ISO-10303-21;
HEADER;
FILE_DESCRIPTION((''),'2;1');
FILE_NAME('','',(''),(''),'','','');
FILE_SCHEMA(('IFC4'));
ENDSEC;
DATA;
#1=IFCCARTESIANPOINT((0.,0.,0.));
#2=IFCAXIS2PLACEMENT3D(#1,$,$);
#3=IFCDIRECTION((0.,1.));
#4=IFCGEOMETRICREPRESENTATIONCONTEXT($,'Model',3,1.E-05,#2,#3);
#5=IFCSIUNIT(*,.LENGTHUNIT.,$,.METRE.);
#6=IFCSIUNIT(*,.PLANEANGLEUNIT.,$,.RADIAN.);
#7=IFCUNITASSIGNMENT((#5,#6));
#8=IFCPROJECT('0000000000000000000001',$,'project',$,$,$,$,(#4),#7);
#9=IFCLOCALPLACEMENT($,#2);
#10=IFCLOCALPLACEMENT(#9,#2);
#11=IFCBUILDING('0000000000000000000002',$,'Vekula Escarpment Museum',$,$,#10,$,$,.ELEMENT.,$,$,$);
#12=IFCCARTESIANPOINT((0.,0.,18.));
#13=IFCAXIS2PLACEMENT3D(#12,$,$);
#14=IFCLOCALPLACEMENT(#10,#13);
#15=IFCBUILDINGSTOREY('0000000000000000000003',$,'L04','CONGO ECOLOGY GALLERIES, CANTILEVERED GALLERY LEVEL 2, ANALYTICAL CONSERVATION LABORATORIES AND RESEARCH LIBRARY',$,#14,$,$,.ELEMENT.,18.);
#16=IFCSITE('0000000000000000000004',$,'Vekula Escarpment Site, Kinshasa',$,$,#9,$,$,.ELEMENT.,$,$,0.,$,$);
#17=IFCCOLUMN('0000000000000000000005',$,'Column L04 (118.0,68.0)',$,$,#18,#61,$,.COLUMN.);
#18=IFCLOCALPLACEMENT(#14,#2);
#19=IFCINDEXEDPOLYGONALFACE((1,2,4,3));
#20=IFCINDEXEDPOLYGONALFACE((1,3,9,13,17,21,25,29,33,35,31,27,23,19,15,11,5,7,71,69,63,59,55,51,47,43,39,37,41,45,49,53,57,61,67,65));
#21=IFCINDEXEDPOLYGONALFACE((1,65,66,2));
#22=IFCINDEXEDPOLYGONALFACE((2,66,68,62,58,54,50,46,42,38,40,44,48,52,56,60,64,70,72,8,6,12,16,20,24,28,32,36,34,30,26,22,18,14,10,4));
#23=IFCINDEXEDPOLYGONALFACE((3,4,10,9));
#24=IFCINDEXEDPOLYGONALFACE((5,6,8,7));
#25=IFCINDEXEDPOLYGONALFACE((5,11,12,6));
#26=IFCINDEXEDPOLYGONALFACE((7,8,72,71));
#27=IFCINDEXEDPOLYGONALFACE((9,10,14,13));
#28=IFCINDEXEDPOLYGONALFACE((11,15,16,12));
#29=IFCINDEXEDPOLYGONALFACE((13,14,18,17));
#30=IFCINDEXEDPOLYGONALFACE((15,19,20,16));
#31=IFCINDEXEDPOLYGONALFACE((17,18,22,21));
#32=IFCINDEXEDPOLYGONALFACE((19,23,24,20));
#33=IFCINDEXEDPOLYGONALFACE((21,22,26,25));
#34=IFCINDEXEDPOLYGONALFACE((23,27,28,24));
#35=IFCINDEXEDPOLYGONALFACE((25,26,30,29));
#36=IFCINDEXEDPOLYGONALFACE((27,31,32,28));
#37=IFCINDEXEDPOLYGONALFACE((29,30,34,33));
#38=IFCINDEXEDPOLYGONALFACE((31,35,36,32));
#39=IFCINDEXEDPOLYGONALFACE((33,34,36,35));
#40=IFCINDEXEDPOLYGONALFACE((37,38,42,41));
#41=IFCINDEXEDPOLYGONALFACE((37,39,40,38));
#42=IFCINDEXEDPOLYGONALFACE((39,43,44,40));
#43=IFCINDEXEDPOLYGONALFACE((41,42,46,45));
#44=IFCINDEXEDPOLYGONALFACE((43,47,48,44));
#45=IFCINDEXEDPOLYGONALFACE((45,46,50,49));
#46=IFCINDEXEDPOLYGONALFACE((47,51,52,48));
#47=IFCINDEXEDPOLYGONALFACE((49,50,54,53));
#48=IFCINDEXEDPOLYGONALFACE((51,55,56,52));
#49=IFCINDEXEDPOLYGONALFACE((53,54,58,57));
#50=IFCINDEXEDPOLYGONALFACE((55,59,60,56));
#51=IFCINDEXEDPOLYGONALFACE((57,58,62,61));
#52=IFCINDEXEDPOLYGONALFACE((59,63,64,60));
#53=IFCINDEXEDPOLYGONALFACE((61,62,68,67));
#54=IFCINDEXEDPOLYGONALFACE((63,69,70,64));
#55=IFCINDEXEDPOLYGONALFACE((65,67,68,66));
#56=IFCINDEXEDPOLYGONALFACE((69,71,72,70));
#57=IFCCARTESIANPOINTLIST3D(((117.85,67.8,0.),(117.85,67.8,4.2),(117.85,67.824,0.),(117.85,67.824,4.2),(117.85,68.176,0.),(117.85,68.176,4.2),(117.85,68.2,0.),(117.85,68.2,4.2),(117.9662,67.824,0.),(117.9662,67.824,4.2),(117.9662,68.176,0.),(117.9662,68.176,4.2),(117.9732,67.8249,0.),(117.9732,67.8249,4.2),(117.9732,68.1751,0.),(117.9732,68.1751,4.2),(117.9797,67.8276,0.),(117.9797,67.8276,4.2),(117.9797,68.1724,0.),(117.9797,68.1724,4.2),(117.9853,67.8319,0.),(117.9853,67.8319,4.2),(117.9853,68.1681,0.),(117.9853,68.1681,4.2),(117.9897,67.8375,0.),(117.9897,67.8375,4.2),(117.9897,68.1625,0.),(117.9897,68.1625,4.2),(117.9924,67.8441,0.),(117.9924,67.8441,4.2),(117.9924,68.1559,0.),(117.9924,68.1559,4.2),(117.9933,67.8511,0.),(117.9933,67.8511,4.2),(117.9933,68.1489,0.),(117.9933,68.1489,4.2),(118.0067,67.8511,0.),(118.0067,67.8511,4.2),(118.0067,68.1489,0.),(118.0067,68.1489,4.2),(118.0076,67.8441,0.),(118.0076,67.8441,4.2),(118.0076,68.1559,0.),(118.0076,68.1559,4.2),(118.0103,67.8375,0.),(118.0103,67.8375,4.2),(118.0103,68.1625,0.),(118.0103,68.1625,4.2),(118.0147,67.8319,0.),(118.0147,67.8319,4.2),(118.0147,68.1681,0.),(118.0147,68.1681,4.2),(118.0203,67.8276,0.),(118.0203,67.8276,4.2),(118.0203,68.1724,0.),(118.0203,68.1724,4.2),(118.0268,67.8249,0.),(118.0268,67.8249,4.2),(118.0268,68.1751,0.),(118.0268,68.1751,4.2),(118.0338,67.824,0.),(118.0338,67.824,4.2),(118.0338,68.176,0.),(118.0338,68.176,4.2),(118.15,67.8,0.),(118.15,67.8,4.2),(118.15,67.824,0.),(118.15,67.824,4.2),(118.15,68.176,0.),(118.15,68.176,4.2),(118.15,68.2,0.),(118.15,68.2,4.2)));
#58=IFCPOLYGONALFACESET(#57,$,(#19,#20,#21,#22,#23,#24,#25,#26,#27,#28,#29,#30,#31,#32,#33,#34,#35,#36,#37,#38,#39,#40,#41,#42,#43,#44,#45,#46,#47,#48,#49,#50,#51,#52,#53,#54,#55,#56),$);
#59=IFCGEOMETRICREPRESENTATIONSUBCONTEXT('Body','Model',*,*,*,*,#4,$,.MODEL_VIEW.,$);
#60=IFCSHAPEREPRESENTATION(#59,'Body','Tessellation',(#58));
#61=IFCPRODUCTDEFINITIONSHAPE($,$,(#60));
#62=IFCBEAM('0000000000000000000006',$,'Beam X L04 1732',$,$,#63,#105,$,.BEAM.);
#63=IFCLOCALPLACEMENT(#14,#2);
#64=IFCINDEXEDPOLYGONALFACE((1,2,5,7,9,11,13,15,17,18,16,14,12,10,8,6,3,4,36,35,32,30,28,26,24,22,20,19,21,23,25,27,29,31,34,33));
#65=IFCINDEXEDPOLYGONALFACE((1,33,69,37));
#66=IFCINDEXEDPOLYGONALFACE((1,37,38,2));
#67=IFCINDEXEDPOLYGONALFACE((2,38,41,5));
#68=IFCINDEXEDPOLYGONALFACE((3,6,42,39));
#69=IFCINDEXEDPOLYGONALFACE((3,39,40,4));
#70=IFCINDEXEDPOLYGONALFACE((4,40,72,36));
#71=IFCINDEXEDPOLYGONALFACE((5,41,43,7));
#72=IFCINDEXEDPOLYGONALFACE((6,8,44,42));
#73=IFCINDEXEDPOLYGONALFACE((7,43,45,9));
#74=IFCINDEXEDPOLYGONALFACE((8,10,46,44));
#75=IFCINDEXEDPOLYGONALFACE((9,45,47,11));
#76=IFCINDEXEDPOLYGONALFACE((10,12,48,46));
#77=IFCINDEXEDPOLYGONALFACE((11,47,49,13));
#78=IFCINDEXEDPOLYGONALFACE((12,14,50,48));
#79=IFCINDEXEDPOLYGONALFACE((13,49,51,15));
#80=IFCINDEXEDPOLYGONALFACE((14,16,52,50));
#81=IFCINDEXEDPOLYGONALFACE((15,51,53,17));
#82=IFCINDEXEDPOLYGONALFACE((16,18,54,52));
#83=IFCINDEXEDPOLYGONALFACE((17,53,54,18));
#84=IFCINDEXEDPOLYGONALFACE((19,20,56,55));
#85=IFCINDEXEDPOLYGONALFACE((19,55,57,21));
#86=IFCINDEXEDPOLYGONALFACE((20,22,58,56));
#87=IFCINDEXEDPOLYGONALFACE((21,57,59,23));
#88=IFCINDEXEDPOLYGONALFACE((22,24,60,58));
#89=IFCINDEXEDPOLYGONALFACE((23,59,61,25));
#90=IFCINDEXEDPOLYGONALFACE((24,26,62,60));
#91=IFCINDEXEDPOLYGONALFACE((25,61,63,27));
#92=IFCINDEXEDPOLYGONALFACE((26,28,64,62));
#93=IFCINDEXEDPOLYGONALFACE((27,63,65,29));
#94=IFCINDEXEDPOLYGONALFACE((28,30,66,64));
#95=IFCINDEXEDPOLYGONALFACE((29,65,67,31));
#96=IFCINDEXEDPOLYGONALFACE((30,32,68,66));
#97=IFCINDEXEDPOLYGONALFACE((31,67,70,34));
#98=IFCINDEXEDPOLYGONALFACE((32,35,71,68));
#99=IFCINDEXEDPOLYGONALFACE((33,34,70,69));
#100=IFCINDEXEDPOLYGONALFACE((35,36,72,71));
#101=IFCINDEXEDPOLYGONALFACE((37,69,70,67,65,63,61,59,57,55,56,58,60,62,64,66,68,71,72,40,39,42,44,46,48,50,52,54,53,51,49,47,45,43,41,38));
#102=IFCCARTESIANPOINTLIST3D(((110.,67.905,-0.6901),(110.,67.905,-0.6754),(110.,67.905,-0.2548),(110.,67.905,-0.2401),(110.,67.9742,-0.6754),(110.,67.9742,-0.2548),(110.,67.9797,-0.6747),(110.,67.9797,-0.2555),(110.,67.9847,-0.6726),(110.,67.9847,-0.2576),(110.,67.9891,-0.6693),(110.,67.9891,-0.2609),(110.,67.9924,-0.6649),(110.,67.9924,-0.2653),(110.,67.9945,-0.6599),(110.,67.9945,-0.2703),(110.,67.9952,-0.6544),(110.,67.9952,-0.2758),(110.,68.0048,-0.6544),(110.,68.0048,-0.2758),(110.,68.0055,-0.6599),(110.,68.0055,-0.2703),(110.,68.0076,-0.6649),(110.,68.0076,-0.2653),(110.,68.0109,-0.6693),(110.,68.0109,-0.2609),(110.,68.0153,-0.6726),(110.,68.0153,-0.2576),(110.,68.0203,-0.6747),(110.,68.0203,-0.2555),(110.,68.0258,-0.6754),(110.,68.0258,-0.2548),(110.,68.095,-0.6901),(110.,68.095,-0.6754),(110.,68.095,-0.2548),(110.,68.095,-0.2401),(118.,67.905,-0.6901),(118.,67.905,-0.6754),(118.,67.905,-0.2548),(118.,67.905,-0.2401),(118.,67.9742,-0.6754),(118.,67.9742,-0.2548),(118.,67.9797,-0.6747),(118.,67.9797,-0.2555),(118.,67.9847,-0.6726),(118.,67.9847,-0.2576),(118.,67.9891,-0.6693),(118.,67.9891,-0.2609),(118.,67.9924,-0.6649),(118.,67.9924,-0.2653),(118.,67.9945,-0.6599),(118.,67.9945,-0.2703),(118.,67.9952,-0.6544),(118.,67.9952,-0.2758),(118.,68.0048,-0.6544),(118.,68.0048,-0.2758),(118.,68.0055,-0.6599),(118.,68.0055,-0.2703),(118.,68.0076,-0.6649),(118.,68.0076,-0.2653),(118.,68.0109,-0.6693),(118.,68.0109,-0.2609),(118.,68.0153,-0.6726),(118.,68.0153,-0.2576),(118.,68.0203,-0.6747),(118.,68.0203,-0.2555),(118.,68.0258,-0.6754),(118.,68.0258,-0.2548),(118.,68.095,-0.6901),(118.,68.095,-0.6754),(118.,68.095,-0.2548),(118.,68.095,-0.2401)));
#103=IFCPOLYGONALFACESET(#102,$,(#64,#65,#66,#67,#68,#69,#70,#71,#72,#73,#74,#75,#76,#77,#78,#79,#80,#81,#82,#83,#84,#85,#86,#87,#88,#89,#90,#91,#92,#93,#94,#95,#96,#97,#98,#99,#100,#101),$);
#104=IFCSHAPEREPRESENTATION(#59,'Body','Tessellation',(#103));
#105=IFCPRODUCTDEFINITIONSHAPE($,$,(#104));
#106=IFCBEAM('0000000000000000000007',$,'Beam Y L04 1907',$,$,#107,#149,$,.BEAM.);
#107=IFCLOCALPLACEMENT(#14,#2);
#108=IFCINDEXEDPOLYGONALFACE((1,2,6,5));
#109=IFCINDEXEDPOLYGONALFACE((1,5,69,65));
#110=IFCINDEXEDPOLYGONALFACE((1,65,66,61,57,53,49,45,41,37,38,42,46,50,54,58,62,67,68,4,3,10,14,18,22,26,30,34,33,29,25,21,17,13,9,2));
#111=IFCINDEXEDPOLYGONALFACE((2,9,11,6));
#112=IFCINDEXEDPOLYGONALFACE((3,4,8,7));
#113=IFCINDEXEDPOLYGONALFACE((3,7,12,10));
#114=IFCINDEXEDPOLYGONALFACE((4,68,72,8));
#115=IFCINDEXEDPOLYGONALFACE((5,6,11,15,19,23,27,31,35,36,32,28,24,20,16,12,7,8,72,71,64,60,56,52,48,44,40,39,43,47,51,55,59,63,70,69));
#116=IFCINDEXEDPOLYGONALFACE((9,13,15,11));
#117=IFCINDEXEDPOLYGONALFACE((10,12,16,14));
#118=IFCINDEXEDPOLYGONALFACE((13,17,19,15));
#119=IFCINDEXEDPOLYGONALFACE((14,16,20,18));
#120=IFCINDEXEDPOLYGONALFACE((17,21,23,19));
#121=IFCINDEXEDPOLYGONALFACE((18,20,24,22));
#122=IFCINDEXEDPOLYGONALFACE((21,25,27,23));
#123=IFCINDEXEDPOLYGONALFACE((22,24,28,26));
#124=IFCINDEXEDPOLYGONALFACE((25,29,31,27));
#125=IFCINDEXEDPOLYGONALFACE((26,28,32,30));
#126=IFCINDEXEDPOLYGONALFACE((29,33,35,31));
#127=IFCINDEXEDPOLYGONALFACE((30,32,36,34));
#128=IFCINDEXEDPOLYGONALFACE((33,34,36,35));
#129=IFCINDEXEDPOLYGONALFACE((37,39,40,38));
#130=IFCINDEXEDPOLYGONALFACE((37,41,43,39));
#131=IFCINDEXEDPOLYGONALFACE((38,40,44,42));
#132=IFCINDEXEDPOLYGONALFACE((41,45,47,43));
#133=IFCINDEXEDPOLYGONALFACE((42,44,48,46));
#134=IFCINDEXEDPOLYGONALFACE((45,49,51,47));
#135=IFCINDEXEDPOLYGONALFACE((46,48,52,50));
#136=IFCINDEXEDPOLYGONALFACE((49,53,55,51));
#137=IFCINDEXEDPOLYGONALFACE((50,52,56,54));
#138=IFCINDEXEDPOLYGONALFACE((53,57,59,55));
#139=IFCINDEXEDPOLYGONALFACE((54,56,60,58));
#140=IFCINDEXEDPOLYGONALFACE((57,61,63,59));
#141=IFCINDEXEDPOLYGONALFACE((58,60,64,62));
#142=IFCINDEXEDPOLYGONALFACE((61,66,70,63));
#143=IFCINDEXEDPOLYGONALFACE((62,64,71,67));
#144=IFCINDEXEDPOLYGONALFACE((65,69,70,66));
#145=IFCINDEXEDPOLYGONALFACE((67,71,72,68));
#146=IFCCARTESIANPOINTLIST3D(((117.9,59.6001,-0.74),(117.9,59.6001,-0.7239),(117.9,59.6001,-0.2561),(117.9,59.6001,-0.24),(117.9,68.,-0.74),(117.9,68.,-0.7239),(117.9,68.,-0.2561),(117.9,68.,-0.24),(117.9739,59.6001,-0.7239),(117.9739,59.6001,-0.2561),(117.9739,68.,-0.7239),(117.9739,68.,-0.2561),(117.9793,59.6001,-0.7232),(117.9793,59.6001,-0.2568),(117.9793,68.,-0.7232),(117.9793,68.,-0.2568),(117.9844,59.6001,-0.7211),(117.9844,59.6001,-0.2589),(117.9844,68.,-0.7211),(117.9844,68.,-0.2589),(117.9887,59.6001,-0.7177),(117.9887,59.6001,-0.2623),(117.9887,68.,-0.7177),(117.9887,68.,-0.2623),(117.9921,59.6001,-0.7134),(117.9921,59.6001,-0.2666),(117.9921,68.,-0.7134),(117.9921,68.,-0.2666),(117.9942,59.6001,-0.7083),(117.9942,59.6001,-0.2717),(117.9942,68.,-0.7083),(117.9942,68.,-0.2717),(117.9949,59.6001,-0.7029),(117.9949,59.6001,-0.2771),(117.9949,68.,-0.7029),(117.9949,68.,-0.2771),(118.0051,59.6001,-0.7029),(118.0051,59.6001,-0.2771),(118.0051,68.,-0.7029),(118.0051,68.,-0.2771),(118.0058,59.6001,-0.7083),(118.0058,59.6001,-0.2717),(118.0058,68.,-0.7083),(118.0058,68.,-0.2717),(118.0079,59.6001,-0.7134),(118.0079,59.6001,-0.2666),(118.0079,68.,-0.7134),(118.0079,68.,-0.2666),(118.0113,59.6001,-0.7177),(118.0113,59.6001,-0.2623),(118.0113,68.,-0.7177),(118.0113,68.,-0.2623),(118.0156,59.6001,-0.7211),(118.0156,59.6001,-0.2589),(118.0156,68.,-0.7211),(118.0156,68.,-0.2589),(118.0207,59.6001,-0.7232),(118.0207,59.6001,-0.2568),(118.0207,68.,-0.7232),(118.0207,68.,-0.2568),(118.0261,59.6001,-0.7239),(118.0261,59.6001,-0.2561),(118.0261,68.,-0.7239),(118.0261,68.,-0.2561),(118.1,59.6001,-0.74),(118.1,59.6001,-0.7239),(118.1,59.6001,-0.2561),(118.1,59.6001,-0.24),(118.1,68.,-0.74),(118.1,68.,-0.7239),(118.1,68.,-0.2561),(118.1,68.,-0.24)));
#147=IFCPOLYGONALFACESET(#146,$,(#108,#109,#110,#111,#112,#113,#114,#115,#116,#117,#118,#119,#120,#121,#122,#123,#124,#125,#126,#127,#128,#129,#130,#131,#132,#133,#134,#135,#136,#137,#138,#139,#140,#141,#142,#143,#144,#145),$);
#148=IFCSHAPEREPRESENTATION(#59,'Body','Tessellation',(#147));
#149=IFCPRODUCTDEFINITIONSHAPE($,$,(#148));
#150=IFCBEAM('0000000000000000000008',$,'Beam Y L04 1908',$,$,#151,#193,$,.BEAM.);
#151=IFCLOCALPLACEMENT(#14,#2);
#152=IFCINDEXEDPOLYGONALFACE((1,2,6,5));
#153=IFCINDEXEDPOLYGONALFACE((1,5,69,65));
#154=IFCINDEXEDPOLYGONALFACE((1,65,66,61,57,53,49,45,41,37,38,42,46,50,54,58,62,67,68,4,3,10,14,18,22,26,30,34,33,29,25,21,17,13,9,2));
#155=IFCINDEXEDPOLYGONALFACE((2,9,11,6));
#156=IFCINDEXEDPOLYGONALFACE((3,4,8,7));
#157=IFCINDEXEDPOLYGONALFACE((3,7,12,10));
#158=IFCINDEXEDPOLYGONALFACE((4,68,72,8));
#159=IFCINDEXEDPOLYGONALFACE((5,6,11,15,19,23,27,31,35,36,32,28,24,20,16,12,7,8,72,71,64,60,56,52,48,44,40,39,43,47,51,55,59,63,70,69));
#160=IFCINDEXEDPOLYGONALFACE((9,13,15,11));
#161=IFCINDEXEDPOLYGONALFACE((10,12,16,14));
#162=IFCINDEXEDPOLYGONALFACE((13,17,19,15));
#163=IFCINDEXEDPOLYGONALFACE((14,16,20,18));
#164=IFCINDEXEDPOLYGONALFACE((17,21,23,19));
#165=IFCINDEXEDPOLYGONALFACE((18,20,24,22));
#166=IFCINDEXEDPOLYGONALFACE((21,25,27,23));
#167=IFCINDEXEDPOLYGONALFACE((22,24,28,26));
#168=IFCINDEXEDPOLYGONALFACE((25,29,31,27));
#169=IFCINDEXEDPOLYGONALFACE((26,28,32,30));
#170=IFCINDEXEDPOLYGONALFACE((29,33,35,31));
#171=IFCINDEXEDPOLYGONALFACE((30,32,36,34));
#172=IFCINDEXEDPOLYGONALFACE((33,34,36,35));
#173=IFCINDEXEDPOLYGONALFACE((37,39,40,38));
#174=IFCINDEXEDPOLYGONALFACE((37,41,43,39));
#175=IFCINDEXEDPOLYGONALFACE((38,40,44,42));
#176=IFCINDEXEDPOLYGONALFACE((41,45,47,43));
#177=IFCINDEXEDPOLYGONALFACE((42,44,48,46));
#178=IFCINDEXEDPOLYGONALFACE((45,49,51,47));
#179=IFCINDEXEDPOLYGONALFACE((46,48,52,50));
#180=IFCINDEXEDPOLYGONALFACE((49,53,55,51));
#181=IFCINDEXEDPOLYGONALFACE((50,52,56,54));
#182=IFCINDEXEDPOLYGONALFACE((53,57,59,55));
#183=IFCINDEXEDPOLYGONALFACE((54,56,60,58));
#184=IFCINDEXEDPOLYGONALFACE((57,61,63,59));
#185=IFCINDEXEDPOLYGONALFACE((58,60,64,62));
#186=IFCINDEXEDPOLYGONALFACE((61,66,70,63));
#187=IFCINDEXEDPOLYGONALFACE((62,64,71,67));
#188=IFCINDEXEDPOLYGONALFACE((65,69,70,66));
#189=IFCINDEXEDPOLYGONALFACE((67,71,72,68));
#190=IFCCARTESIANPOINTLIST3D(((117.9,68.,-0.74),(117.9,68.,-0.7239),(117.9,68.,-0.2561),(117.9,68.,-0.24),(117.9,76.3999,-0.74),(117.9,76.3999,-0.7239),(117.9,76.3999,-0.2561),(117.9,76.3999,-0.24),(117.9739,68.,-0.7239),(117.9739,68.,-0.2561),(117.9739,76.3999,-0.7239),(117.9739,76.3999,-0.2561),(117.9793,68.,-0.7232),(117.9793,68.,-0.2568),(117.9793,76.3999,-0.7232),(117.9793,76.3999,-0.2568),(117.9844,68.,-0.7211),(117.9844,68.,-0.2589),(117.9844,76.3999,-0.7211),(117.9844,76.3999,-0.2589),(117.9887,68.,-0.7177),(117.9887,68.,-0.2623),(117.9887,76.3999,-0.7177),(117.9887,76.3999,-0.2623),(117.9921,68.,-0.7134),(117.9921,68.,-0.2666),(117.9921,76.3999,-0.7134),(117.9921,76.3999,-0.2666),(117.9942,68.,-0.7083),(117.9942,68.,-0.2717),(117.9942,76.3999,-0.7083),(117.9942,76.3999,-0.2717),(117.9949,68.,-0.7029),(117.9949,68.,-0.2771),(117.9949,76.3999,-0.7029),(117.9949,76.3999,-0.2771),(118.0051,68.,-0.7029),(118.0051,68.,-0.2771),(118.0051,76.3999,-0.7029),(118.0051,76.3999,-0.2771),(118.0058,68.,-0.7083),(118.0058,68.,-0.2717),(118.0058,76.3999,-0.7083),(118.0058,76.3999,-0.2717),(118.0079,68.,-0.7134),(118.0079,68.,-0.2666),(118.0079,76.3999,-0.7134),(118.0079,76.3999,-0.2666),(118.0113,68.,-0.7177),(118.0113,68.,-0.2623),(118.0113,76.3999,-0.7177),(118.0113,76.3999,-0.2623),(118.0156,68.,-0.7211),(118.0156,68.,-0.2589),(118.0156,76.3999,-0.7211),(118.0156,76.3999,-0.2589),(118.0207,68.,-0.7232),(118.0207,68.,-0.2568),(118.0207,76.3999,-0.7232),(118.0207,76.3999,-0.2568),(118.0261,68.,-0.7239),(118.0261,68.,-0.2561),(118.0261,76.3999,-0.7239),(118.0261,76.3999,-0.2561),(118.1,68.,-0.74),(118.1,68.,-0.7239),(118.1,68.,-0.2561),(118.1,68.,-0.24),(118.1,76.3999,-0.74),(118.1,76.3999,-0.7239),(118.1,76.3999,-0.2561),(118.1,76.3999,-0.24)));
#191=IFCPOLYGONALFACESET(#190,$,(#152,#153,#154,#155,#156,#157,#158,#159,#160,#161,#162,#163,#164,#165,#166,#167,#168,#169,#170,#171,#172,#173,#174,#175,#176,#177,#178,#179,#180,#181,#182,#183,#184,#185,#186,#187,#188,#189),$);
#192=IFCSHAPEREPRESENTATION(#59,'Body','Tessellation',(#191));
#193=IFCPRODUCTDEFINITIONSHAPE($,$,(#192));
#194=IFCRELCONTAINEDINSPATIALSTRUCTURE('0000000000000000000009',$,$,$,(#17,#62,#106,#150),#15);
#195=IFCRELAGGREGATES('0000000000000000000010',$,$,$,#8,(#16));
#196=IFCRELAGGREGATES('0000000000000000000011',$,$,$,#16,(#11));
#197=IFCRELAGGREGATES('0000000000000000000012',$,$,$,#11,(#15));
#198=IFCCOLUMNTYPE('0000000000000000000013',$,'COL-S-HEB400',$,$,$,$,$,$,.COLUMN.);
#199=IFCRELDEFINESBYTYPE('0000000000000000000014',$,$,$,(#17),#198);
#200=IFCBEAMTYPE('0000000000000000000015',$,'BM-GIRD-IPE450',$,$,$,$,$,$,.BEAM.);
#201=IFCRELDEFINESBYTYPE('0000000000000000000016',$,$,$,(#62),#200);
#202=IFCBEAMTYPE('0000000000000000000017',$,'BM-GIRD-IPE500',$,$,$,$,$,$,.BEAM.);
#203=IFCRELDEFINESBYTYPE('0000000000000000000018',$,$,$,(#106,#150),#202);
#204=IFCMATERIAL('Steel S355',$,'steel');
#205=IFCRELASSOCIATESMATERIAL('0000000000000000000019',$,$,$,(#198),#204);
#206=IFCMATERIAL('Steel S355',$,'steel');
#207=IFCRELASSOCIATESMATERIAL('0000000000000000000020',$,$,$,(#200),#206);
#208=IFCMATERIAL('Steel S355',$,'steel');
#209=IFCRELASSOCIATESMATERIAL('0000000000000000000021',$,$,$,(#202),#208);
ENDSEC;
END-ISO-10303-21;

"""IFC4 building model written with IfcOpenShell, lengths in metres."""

from ifc_helpers import new_model, si_unit, direction, frame, origin, origin_2d, place, context, subcontext, project, spatial, i_section, extrude, material, material_profile, profile_set, type_object, element, save


model = new_model("IFC4")

# Units and contexts
model_context = context("Model", 3, precision=1e-05, world=origin(), true_north=direction((0.0, 1.0)))
body_context = subcontext(model_context, "Body", "Model", "MODEL_VIEW")
ifc_project = project(units=[si_unit("LENGTHUNIT", "METRE"), si_unit("PLANEANGLEUNIT", "RADIAN")], contexts=[model_context])

# Site, building, storey
site_placement = place(None, origin())
site = spatial("IfcSite", under=ifc_project, at=site_placement, Name="Vekula Escarpment Site, Kinshasa", CompositionType="ELEMENT", RefElevation=0.0)
building_placement = place(site_placement, origin())
building = spatial("IfcBuilding", under=site, at=building_placement, Name="Vekula Escarpment Museum", CompositionType="ELEMENT")
storey_placement = place(building_placement, frame((0.0, 0.0, 18.0)))
storey = spatial("IfcBuildingStorey", under=building, at=storey_placement, Name="L04", Description="CONGO ECOLOGY GALLERIES, CANTILEVERED GALLERY LEVEL 2, ANALYTICAL CONSERVATION LABORATORIES AND RESEARCH LIBRARY", CompositionType="ELEMENT", Elevation=18.0)

# Column
ifc_material_1 = material(Name="Steel S355", Category="steel")
ifc_material_profile_1 = material_profile(ifc_material_1, i_section(OverallWidth=0.3, OverallDepth=0.3999, WebThickness=0.0134, FlangeThickness=0.0239, FilletRadius=0.0271, at=origin_2d()), Name="HEB 400")
ifc_profile_set_1 = profile_set([ifc_material_profile_1], Name="Steel S355")
column_type = type_object("IfcColumnType", Name="COL-S-HEB400", PredefinedType="COLUMN", material=ifc_profile_set_1)
for number, where, z_axis, x_axis, name in (
    (1, (118.0, 68.0, 0.0), (0.0, 0.0, 1.0), (1.0, 0.0, 0.0), "Column L04 (118.0,68.0)"),
):
    element("IfcColumn", number, at=place(storey_placement, frame(where, z_axis=z_axis, x_axis=x_axis)), inside=storey, type_object=column_type, Name=name, PredefinedType="COLUMN", context=body_context, shape_type="SweptSolid", body=[
        extrude(i_section(OverallWidth=0.3, OverallDepth=0.3999, WebThickness=0.0134, FlangeThickness=0.0239, FilletRadius=0.0271, at=origin_2d()), origin(), (0.0, 0.0, 1.0), 4.2),
    ])

# Beams
ifc_material_2 = material(Name="Steel S355", Category="steel")
ifc_material_profile_2 = material_profile(ifc_material_2, i_section(OverallWidth=0.1899, OverallDepth=0.45, WebThickness=0.0095, FlangeThickness=0.0146, FilletRadius=0.021, at=origin_2d()), Name="IPE 450")
ifc_profile_set_2 = profile_set([ifc_material_profile_2], Name="Steel S355")
beam_type_1 = type_object("IfcBeamType", Name="BM-GIRD-IPE450", PredefinedType="BEAM", material=ifc_profile_set_2)
beam_1_placement = place(storey_placement, frame((110.0, 68.0, -0.4651), z_axis=(1.0, 0.0, 0.0), x_axis=(0.0, 1.0, 0.0)))
element("IfcBeam", 2, at=beam_1_placement, inside=storey, type_object=beam_type_1, Name="Beam X L04 1732", PredefinedType="BEAM", context=body_context, shape_type="SweptSolid", body=[
    extrude(i_section(OverallWidth=0.1899, OverallDepth=0.45, WebThickness=0.0095, FlangeThickness=0.0146, FilletRadius=0.021, at=origin_2d()), origin(), (0.0, 0.0, 1.0), 8.0),
])
ifc_material_3 = material(Name="Steel S355", Category="steel")
ifc_material_profile_3 = material_profile(ifc_material_3, i_section(OverallWidth=0.2, OverallDepth=0.5, WebThickness=0.0103, FlangeThickness=0.0161, FilletRadius=0.021, at=origin_2d()), Name="IPE 500")
ifc_profile_set_3 = profile_set([ifc_material_profile_3], Name="Steel S355")
beam_type_2 = type_object("IfcBeamType", Name="BM-GIRD-IPE500", PredefinedType="BEAM", material=ifc_profile_set_3)
for number, where, z_axis, x_axis, name in (
    (3, (118.0, 59.6001, -0.49), (0.0, 1.0, 0.0), (-1.0, 0.0, 0.0), "Beam Y L04 1907"),
    (4, (118.0, 68.0, -0.49), (0.0, 1.0, 0.0), (-1.0, 0.0, 0.0), "Beam Y L04 1908"),
):
    element("IfcBeam", number, at=place(storey_placement, frame(where, z_axis=z_axis, x_axis=x_axis)), inside=storey, type_object=beam_type_2, Name=name, PredefinedType="BEAM", context=body_context, shape_type="SweptSolid", body=[
        extrude(i_section(OverallWidth=0.2, OverallDepth=0.5, WebThickness=0.0103, FlangeThickness=0.0161, FilletRadius=0.021, at=origin_2d()), origin(), (0.0, 0.0, 1.0), 8.3999),
    ])

save(model, "model.ifc")
